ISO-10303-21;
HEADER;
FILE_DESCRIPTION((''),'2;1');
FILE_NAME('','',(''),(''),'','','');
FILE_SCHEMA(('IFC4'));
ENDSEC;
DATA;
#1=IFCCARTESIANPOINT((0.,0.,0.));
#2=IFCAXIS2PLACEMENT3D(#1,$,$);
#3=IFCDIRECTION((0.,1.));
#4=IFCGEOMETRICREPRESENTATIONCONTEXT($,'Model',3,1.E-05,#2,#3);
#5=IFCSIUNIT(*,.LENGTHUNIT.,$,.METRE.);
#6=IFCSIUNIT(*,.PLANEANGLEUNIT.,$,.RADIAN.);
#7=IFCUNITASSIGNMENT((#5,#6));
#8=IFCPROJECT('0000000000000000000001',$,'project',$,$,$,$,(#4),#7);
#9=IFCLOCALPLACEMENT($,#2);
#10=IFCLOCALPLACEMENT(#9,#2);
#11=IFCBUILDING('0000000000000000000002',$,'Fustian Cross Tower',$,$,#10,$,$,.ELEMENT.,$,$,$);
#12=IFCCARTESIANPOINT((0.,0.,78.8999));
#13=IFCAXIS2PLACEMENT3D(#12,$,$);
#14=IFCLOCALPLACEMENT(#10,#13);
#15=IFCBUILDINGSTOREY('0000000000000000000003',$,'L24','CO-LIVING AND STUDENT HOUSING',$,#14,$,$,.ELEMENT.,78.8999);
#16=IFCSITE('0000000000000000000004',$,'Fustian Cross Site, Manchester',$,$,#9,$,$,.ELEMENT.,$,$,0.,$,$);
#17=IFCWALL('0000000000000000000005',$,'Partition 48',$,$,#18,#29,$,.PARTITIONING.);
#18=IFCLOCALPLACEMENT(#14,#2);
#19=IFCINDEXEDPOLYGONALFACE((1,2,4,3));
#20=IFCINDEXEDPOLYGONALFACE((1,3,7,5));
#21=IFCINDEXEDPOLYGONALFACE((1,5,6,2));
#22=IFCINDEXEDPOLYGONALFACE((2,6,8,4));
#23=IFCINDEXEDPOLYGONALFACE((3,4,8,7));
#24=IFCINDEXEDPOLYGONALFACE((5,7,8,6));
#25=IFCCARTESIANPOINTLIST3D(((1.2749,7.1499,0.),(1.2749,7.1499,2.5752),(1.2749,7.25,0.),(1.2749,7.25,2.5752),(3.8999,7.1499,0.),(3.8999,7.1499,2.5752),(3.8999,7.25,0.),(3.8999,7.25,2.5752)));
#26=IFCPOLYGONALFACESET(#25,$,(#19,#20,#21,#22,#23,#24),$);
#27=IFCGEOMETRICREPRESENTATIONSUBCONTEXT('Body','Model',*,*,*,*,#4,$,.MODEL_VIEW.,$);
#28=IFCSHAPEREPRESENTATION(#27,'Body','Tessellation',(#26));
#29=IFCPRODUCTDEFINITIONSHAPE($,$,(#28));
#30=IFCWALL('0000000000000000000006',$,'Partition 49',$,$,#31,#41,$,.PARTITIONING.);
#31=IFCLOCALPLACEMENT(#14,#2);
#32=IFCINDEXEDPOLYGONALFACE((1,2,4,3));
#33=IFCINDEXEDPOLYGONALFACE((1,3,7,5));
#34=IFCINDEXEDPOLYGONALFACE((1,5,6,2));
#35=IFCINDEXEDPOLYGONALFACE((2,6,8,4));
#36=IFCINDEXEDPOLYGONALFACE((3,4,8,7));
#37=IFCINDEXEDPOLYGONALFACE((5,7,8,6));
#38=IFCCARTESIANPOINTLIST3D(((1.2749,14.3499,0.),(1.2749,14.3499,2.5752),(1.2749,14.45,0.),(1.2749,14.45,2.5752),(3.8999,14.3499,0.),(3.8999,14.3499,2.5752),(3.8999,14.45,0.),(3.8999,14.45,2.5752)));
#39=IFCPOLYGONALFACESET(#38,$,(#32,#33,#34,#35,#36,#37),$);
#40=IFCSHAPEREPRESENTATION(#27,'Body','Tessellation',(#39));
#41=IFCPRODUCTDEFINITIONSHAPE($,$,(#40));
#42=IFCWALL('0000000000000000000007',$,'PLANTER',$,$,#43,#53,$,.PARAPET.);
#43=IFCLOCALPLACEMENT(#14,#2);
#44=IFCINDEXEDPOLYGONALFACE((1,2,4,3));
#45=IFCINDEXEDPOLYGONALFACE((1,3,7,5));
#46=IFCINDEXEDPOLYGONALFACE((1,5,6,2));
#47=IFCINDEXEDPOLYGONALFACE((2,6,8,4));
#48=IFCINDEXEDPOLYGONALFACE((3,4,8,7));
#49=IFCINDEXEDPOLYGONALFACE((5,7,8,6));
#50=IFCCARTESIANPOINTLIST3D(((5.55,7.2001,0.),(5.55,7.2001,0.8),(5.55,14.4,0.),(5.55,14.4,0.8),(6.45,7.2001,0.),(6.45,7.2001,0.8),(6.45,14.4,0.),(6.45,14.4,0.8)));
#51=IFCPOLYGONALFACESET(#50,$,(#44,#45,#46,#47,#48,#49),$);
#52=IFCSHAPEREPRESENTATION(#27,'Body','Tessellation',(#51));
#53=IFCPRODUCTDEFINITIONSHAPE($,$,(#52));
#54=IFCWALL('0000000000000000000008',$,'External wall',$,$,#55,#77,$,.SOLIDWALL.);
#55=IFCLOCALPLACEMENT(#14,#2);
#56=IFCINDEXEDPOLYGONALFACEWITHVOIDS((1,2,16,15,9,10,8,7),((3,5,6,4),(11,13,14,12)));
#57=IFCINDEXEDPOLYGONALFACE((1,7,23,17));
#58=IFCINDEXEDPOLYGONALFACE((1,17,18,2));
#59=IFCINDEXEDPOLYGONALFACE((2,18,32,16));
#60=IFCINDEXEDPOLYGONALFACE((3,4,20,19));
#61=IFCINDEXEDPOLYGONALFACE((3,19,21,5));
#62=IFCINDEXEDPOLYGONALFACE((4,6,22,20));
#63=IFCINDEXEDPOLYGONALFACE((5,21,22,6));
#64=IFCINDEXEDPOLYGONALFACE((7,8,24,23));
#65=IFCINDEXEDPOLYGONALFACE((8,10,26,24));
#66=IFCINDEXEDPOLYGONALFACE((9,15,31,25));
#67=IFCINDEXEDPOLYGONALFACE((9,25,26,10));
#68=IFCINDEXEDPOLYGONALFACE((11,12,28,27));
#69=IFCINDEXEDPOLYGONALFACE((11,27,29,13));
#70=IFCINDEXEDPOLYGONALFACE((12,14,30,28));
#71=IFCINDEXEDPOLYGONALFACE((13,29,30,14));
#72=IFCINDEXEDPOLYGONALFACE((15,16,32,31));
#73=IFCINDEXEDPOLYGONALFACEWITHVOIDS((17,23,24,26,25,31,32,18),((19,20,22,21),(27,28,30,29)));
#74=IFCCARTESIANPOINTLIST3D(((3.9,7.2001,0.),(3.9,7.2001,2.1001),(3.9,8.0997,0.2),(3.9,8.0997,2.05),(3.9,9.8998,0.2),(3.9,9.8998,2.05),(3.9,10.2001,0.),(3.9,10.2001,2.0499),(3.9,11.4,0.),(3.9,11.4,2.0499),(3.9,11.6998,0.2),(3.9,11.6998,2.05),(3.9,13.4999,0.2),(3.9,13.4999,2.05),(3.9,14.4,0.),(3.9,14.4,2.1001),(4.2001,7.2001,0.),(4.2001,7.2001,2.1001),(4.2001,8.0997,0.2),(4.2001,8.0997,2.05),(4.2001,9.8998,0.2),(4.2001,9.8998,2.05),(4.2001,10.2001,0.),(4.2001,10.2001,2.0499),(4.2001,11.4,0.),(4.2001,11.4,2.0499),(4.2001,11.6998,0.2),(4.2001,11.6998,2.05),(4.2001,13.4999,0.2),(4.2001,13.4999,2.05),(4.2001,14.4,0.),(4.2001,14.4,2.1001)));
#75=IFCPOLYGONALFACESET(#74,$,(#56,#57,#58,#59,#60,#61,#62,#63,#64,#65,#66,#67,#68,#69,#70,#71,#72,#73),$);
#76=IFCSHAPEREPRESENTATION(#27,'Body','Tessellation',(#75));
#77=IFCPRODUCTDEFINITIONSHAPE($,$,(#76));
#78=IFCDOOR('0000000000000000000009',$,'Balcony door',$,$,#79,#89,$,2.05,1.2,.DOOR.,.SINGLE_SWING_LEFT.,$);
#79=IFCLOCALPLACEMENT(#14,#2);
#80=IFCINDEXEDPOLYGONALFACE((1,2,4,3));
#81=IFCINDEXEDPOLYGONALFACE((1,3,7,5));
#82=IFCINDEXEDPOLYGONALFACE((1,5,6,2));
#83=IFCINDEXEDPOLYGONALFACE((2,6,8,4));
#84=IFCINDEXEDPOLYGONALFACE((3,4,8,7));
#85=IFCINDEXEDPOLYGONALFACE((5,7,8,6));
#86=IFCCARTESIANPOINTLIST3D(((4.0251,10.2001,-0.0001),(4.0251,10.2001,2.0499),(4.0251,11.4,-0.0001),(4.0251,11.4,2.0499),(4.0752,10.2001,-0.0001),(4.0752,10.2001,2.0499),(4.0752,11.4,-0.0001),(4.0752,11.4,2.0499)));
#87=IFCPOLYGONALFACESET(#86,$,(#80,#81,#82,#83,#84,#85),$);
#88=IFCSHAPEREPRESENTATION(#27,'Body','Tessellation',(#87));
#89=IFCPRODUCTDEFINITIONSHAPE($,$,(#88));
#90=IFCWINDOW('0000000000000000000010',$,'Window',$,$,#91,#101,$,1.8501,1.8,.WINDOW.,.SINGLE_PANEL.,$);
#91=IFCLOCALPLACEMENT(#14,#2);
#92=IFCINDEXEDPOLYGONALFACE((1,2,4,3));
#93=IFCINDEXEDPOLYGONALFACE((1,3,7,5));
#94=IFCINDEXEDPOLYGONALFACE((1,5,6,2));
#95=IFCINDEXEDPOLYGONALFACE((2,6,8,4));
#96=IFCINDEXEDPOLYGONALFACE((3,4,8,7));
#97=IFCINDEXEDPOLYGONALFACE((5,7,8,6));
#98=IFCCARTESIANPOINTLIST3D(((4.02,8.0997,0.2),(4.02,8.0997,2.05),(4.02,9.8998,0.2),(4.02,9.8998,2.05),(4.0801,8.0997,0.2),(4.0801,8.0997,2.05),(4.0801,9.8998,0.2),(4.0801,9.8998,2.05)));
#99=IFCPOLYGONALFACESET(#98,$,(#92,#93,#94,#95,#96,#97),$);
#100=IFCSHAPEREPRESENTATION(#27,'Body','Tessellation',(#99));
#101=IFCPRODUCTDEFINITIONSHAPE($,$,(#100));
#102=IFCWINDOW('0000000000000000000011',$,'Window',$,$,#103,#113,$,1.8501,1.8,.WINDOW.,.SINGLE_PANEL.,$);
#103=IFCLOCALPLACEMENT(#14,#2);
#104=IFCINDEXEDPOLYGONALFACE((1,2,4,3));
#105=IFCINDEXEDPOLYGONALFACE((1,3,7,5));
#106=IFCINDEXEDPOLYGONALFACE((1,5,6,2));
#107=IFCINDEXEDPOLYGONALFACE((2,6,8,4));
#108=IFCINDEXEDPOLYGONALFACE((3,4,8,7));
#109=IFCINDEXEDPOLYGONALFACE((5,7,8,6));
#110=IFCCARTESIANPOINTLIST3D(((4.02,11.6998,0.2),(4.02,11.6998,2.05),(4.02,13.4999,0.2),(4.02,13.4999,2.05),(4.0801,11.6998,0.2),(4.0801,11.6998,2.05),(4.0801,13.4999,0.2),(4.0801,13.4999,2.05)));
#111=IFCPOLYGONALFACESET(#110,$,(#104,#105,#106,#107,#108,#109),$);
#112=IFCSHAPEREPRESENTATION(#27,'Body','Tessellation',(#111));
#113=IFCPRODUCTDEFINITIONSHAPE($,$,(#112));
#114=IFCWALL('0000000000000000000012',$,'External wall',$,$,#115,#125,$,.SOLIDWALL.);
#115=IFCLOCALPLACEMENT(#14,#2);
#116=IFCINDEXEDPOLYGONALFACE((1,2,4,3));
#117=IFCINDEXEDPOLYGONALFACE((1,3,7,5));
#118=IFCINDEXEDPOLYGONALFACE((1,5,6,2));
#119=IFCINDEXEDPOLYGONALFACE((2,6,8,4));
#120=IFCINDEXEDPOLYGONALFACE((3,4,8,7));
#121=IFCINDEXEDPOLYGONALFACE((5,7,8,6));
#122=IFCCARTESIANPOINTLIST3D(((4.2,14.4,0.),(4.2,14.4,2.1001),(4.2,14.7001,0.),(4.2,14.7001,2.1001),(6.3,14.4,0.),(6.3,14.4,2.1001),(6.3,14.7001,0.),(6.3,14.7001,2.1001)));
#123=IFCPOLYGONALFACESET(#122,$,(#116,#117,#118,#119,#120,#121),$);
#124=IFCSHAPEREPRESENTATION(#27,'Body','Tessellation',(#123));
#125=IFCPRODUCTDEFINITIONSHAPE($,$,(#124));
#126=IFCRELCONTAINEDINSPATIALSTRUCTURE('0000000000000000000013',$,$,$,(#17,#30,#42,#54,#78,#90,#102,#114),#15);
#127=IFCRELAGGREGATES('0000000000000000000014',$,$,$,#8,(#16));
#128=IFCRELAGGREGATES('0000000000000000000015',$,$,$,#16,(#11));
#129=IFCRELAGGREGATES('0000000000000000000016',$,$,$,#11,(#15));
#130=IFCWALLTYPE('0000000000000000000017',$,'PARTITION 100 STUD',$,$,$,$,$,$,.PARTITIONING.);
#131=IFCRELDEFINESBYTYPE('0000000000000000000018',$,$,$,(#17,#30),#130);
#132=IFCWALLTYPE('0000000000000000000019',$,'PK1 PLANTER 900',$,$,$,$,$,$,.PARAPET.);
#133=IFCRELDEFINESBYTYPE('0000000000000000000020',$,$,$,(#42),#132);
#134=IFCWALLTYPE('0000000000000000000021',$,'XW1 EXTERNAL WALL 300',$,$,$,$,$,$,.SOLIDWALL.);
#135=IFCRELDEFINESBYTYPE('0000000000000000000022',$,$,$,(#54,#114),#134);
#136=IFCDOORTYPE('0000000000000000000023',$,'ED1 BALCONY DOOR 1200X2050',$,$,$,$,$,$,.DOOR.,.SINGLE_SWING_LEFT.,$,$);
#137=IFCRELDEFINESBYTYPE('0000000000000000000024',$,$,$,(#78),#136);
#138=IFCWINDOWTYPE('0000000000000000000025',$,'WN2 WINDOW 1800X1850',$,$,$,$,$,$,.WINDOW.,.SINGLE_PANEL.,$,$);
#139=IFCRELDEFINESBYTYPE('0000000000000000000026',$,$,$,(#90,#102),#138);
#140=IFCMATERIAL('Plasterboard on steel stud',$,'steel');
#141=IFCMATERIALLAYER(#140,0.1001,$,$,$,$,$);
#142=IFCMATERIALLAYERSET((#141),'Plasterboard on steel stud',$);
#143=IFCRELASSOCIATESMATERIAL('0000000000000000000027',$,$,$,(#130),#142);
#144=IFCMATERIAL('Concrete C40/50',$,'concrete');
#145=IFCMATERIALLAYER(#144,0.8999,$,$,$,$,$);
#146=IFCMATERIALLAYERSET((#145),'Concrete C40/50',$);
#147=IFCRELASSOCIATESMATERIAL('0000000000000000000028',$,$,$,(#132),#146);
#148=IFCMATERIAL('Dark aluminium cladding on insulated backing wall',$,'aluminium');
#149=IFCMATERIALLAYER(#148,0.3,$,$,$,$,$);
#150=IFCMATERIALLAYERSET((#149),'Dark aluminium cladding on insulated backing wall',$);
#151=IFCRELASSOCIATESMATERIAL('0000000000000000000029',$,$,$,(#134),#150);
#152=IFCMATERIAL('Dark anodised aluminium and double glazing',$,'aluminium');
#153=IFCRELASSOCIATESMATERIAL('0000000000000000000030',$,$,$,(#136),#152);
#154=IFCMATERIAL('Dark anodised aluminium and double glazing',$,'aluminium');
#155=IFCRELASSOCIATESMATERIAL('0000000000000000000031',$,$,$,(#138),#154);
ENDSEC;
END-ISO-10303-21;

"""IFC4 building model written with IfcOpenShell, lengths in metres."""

from ifc_helpers import new_model, si_unit, direction, frame, frame_2d, origin, place, context, subcontext, project, spatial, rectangle, extrude, material, layer, layer_set, type_object, element, fill, save


model = new_model("IFC4")

# Units and contexts
model_context = context("Model", 3, precision=1e-05, world=origin(), true_north=direction((0.0, 1.0)))
body_context = subcontext(model_context, "Body", "Model", "MODEL_VIEW")
ifc_project = project(units=[si_unit("LENGTHUNIT", "METRE"), si_unit("PLANEANGLEUNIT", "RADIAN")], contexts=[model_context])

# Site, building, storey
site_placement = place(None, origin())
site = spatial("IfcSite", under=ifc_project, at=site_placement, Name="Fustian Cross Site, Manchester", CompositionType="ELEMENT", RefElevation=0.0)
building_placement = place(site_placement, origin())
building = spatial("IfcBuilding", under=site, at=building_placement, Name="Fustian Cross Tower", CompositionType="ELEMENT")
storey_placement = place(building_placement, frame((0.0, 0.0, 78.8999)))
storey = spatial("IfcBuildingStorey", under=building, at=storey_placement, Name="L24", Description="CO-LIVING AND STUDENT HOUSING", CompositionType="ELEMENT", Elevation=78.8999)

# Walls
ifc_material_1 = material(Name="Plasterboard on steel stud", Category="steel")
ifc_layer_1 = layer(ifc_material_1, 0.1001)
ifc_layer_set_1 = layer_set([ifc_layer_1], Name="Plasterboard on steel stud")
wall_type_1 = type_object("IfcWallType", Name="PARTITION 100 STUD", PredefinedType="PARTITIONING", material=ifc_layer_set_1)
for number, where, z_axis, x_axis, name in (
    (1, (1.2749, 7.2, 0.0), (0.0, 0.0, 1.0), (1.0, 0.0, 0.0), "Partition 48"),
    (2, (1.2749, 14.3999, 0.0), (0.0, 0.0, 1.0), (1.0, 0.0, 0.0), "Partition 49"),
):
    element("IfcWall", number, at=place(storey_placement, frame(where, z_axis=z_axis, x_axis=x_axis)), inside=storey, type_object=wall_type_1, Name=name, PredefinedType="PARTITIONING", context=body_context, shape_type="SweptSolid", body=[
        extrude(rectangle(XDim=2.625, YDim=0.1001, at=frame_2d((1.3125, 0.0))), origin(), (0.0, 0.0, 1.0), 2.5752),
    ])
ifc_material_2 = material(Name="Concrete C40/50", Category="concrete")
ifc_layer_2 = layer(ifc_material_2, 0.8999)
ifc_layer_set_2 = layer_set([ifc_layer_2], Name="Concrete C40/50")
wall_type_2 = type_object("IfcWallType", Name="PK1 PLANTER 900", PredefinedType="PARAPET", material=ifc_layer_set_2)
wall_1_placement = place(storey_placement, frame((6.0, 7.2, 0.0), z_axis=(0.0, 0.0, 1.0), x_axis=(0.0, 1.0, 0.0)))
element("IfcWall", 3, at=wall_1_placement, inside=storey, type_object=wall_type_2, Name="PLANTER", PredefinedType="PARAPET", context=body_context, shape_type="SweptSolid", body=[
    extrude(rectangle(XDim=7.2, YDim=0.8999, at=frame_2d((3.6001, 0.0))), origin(), (0.0, 0.0, 1.0), 0.8),
])

# Wall, openings, door, windows
ifc_material_3 = material(Name="Dark aluminium cladding on insulated backing wall", Category="aluminium")
ifc_layer_3 = layer(ifc_material_3, 0.3)
ifc_layer_set_3 = layer_set([ifc_layer_3], Name="Dark aluminium cladding on insulated backing wall")
wall_type_3 = type_object("IfcWallType", Name="XW1 EXTERNAL WALL 300", PredefinedType="SOLIDWALL", material=ifc_layer_set_3)
wall_2_placement = place(storey_placement, frame((4.05, 7.2, 0.0), z_axis=(0.0, 0.0, 1.0), x_axis=(0.0, 1.0, 0.0)))
wall_2 = element("IfcWall", 4, at=wall_2_placement, inside=storey, type_object=wall_type_3, Name="External wall", PredefinedType="SOLIDWALL", context=body_context, shape_type="SweptSolid", body=[
    extrude(rectangle(XDim=7.2, YDim=0.3, at=frame_2d((3.6001, 0.0))), origin(), (0.0, 0.0, 1.0), 2.1001),
])
opening_1_placement = place(wall_2_placement, frame((3.0, 0.0, 0.0)))
opening_1 = element("IfcOpeningElement", 5, at=opening_1_placement, cuts=wall_2, PredefinedType="OPENING", context=body_context, shape_type="SweptSolid", body=[
    extrude(rectangle(XDim=1.2, YDim=2.05, at=frame_2d((0.6001, 1.0249))), frame((0.0, 0.1599, 0.0), z_axis=(0.0, -1.0, 0.0), x_axis=(1.0, 0.0, 0.0)), (0.0, 0.0, 1.0), 0.3201),
])
opening_2_placement = place(wall_2_placement, frame((0.8999, 0.0, 0.2)))
opening_2 = element("IfcOpeningElement", 6, at=opening_2_placement, cuts=wall_2, PredefinedType="OPENING", context=body_context, shape_type="SweptSolid", body=[
    extrude(rectangle(XDim=1.8, YDim=1.8501, at=frame_2d((0.8999, 0.925))), frame((0.0, 0.1599, 0.0), z_axis=(0.0, -1.0, 0.0), x_axis=(1.0, 0.0, 0.0)), (0.0, 0.0, 1.0), 0.3201),
])
opening_3_placement = place(wall_2_placement, frame((4.5, 0.0, 0.2)))
opening_3 = element("IfcOpeningElement", 7, at=opening_3_placement, cuts=wall_2, PredefinedType="OPENING", context=body_context, shape_type="SweptSolid", body=[
    extrude(rectangle(XDim=1.8, YDim=1.8501, at=frame_2d((0.8999, 0.925))), frame((0.0, 0.1599, 0.0), z_axis=(0.0, -1.0, 0.0), x_axis=(1.0, 0.0, 0.0)), (0.0, 0.0, 1.0), 0.3201),
])
ifc_material_4 = material(Name="Dark anodised aluminium and double glazing", Category="aluminium")
door_type = type_object("IfcDoorType", Name="ED1 BALCONY DOOR 1200X2050", OperationType="SINGLE_SWING_LEFT", PredefinedType="DOOR", material=ifc_material_4)
door_placement = place(opening_1_placement, origin())
door = element("IfcDoor", 8, at=door_placement, inside=storey, type_object=door_type, Name="Balcony door", OperationType="SINGLE_SWING_LEFT", OverallHeight=2.05, OverallWidth=1.2, PredefinedType="DOOR", context=body_context, shape_type="SweptSolid", body=[
    extrude(rectangle(XDim=1.2, YDim=2.05, at=frame_2d((0.6001, 1.0249))), frame((0.0, 0.0249, 0.0), z_axis=(0.0, -1.0, 0.0), x_axis=(1.0, 0.0, 0.0)), (0.0, 0.0, 1.0), 0.05),
])
fill(opening_1, door)
ifc_material_5 = material(Name="Dark anodised aluminium and double glazing", Category="aluminium")
window_type = type_object("IfcWindowType", Name="WN2 WINDOW 1800X1850", PartitioningType="SINGLE_PANEL", PredefinedType="WINDOW", material=ifc_material_5)
window_1_placement = place(opening_2_placement, origin())
window_1 = element("IfcWindow", 9, at=window_1_placement, inside=storey, type_object=window_type, Name="Window", OverallHeight=1.8501, OverallWidth=1.8, PartitioningType="SINGLE_PANEL", PredefinedType="WINDOW", context=body_context, shape_type="SweptSolid", body=[
    extrude(rectangle(XDim=1.8, YDim=1.8501, at=frame_2d((0.8999, 0.925))), frame((0.0, 0.03, 0.0), z_axis=(0.0, -1.0, 0.0), x_axis=(1.0, 0.0, 0.0)), (0.0, 0.0, 1.0), 0.0601),
])
fill(opening_2, window_1)
window_2_placement = place(opening_3_placement, origin())
window_2 = element("IfcWindow", 10, at=window_2_placement, inside=storey, type_object=window_type, Name="Window", OverallHeight=1.8501, OverallWidth=1.8, PartitioningType="SINGLE_PANEL", PredefinedType="WINDOW", context=body_context, shape_type="SweptSolid", body=[
    extrude(rectangle(XDim=1.8, YDim=1.8501, at=frame_2d((0.8999, 0.925))), frame((0.0, 0.03, 0.0), z_axis=(0.0, -1.0, 0.0), x_axis=(1.0, 0.0, 0.0)), (0.0, 0.0, 1.0), 0.0601),
])
fill(opening_3, window_2)

# Wall
wall_3_placement = place(storey_placement, frame((4.2, 14.55, 0.0), z_axis=(0.0, 0.0, 1.0), x_axis=(1.0, 0.0, 0.0)))
element("IfcWall", 11, at=wall_3_placement, inside=storey, type_object=wall_type_3, Name="External wall", PredefinedType="SOLIDWALL", context=body_context, shape_type="SweptSolid", body=[
    extrude(rectangle(XDim=2.1001, YDim=0.3, at=frame_2d((1.05, 0.0))), origin(), (0.0, 0.0, 1.0), 2.1001),
])

save(model, "model.ifc")
